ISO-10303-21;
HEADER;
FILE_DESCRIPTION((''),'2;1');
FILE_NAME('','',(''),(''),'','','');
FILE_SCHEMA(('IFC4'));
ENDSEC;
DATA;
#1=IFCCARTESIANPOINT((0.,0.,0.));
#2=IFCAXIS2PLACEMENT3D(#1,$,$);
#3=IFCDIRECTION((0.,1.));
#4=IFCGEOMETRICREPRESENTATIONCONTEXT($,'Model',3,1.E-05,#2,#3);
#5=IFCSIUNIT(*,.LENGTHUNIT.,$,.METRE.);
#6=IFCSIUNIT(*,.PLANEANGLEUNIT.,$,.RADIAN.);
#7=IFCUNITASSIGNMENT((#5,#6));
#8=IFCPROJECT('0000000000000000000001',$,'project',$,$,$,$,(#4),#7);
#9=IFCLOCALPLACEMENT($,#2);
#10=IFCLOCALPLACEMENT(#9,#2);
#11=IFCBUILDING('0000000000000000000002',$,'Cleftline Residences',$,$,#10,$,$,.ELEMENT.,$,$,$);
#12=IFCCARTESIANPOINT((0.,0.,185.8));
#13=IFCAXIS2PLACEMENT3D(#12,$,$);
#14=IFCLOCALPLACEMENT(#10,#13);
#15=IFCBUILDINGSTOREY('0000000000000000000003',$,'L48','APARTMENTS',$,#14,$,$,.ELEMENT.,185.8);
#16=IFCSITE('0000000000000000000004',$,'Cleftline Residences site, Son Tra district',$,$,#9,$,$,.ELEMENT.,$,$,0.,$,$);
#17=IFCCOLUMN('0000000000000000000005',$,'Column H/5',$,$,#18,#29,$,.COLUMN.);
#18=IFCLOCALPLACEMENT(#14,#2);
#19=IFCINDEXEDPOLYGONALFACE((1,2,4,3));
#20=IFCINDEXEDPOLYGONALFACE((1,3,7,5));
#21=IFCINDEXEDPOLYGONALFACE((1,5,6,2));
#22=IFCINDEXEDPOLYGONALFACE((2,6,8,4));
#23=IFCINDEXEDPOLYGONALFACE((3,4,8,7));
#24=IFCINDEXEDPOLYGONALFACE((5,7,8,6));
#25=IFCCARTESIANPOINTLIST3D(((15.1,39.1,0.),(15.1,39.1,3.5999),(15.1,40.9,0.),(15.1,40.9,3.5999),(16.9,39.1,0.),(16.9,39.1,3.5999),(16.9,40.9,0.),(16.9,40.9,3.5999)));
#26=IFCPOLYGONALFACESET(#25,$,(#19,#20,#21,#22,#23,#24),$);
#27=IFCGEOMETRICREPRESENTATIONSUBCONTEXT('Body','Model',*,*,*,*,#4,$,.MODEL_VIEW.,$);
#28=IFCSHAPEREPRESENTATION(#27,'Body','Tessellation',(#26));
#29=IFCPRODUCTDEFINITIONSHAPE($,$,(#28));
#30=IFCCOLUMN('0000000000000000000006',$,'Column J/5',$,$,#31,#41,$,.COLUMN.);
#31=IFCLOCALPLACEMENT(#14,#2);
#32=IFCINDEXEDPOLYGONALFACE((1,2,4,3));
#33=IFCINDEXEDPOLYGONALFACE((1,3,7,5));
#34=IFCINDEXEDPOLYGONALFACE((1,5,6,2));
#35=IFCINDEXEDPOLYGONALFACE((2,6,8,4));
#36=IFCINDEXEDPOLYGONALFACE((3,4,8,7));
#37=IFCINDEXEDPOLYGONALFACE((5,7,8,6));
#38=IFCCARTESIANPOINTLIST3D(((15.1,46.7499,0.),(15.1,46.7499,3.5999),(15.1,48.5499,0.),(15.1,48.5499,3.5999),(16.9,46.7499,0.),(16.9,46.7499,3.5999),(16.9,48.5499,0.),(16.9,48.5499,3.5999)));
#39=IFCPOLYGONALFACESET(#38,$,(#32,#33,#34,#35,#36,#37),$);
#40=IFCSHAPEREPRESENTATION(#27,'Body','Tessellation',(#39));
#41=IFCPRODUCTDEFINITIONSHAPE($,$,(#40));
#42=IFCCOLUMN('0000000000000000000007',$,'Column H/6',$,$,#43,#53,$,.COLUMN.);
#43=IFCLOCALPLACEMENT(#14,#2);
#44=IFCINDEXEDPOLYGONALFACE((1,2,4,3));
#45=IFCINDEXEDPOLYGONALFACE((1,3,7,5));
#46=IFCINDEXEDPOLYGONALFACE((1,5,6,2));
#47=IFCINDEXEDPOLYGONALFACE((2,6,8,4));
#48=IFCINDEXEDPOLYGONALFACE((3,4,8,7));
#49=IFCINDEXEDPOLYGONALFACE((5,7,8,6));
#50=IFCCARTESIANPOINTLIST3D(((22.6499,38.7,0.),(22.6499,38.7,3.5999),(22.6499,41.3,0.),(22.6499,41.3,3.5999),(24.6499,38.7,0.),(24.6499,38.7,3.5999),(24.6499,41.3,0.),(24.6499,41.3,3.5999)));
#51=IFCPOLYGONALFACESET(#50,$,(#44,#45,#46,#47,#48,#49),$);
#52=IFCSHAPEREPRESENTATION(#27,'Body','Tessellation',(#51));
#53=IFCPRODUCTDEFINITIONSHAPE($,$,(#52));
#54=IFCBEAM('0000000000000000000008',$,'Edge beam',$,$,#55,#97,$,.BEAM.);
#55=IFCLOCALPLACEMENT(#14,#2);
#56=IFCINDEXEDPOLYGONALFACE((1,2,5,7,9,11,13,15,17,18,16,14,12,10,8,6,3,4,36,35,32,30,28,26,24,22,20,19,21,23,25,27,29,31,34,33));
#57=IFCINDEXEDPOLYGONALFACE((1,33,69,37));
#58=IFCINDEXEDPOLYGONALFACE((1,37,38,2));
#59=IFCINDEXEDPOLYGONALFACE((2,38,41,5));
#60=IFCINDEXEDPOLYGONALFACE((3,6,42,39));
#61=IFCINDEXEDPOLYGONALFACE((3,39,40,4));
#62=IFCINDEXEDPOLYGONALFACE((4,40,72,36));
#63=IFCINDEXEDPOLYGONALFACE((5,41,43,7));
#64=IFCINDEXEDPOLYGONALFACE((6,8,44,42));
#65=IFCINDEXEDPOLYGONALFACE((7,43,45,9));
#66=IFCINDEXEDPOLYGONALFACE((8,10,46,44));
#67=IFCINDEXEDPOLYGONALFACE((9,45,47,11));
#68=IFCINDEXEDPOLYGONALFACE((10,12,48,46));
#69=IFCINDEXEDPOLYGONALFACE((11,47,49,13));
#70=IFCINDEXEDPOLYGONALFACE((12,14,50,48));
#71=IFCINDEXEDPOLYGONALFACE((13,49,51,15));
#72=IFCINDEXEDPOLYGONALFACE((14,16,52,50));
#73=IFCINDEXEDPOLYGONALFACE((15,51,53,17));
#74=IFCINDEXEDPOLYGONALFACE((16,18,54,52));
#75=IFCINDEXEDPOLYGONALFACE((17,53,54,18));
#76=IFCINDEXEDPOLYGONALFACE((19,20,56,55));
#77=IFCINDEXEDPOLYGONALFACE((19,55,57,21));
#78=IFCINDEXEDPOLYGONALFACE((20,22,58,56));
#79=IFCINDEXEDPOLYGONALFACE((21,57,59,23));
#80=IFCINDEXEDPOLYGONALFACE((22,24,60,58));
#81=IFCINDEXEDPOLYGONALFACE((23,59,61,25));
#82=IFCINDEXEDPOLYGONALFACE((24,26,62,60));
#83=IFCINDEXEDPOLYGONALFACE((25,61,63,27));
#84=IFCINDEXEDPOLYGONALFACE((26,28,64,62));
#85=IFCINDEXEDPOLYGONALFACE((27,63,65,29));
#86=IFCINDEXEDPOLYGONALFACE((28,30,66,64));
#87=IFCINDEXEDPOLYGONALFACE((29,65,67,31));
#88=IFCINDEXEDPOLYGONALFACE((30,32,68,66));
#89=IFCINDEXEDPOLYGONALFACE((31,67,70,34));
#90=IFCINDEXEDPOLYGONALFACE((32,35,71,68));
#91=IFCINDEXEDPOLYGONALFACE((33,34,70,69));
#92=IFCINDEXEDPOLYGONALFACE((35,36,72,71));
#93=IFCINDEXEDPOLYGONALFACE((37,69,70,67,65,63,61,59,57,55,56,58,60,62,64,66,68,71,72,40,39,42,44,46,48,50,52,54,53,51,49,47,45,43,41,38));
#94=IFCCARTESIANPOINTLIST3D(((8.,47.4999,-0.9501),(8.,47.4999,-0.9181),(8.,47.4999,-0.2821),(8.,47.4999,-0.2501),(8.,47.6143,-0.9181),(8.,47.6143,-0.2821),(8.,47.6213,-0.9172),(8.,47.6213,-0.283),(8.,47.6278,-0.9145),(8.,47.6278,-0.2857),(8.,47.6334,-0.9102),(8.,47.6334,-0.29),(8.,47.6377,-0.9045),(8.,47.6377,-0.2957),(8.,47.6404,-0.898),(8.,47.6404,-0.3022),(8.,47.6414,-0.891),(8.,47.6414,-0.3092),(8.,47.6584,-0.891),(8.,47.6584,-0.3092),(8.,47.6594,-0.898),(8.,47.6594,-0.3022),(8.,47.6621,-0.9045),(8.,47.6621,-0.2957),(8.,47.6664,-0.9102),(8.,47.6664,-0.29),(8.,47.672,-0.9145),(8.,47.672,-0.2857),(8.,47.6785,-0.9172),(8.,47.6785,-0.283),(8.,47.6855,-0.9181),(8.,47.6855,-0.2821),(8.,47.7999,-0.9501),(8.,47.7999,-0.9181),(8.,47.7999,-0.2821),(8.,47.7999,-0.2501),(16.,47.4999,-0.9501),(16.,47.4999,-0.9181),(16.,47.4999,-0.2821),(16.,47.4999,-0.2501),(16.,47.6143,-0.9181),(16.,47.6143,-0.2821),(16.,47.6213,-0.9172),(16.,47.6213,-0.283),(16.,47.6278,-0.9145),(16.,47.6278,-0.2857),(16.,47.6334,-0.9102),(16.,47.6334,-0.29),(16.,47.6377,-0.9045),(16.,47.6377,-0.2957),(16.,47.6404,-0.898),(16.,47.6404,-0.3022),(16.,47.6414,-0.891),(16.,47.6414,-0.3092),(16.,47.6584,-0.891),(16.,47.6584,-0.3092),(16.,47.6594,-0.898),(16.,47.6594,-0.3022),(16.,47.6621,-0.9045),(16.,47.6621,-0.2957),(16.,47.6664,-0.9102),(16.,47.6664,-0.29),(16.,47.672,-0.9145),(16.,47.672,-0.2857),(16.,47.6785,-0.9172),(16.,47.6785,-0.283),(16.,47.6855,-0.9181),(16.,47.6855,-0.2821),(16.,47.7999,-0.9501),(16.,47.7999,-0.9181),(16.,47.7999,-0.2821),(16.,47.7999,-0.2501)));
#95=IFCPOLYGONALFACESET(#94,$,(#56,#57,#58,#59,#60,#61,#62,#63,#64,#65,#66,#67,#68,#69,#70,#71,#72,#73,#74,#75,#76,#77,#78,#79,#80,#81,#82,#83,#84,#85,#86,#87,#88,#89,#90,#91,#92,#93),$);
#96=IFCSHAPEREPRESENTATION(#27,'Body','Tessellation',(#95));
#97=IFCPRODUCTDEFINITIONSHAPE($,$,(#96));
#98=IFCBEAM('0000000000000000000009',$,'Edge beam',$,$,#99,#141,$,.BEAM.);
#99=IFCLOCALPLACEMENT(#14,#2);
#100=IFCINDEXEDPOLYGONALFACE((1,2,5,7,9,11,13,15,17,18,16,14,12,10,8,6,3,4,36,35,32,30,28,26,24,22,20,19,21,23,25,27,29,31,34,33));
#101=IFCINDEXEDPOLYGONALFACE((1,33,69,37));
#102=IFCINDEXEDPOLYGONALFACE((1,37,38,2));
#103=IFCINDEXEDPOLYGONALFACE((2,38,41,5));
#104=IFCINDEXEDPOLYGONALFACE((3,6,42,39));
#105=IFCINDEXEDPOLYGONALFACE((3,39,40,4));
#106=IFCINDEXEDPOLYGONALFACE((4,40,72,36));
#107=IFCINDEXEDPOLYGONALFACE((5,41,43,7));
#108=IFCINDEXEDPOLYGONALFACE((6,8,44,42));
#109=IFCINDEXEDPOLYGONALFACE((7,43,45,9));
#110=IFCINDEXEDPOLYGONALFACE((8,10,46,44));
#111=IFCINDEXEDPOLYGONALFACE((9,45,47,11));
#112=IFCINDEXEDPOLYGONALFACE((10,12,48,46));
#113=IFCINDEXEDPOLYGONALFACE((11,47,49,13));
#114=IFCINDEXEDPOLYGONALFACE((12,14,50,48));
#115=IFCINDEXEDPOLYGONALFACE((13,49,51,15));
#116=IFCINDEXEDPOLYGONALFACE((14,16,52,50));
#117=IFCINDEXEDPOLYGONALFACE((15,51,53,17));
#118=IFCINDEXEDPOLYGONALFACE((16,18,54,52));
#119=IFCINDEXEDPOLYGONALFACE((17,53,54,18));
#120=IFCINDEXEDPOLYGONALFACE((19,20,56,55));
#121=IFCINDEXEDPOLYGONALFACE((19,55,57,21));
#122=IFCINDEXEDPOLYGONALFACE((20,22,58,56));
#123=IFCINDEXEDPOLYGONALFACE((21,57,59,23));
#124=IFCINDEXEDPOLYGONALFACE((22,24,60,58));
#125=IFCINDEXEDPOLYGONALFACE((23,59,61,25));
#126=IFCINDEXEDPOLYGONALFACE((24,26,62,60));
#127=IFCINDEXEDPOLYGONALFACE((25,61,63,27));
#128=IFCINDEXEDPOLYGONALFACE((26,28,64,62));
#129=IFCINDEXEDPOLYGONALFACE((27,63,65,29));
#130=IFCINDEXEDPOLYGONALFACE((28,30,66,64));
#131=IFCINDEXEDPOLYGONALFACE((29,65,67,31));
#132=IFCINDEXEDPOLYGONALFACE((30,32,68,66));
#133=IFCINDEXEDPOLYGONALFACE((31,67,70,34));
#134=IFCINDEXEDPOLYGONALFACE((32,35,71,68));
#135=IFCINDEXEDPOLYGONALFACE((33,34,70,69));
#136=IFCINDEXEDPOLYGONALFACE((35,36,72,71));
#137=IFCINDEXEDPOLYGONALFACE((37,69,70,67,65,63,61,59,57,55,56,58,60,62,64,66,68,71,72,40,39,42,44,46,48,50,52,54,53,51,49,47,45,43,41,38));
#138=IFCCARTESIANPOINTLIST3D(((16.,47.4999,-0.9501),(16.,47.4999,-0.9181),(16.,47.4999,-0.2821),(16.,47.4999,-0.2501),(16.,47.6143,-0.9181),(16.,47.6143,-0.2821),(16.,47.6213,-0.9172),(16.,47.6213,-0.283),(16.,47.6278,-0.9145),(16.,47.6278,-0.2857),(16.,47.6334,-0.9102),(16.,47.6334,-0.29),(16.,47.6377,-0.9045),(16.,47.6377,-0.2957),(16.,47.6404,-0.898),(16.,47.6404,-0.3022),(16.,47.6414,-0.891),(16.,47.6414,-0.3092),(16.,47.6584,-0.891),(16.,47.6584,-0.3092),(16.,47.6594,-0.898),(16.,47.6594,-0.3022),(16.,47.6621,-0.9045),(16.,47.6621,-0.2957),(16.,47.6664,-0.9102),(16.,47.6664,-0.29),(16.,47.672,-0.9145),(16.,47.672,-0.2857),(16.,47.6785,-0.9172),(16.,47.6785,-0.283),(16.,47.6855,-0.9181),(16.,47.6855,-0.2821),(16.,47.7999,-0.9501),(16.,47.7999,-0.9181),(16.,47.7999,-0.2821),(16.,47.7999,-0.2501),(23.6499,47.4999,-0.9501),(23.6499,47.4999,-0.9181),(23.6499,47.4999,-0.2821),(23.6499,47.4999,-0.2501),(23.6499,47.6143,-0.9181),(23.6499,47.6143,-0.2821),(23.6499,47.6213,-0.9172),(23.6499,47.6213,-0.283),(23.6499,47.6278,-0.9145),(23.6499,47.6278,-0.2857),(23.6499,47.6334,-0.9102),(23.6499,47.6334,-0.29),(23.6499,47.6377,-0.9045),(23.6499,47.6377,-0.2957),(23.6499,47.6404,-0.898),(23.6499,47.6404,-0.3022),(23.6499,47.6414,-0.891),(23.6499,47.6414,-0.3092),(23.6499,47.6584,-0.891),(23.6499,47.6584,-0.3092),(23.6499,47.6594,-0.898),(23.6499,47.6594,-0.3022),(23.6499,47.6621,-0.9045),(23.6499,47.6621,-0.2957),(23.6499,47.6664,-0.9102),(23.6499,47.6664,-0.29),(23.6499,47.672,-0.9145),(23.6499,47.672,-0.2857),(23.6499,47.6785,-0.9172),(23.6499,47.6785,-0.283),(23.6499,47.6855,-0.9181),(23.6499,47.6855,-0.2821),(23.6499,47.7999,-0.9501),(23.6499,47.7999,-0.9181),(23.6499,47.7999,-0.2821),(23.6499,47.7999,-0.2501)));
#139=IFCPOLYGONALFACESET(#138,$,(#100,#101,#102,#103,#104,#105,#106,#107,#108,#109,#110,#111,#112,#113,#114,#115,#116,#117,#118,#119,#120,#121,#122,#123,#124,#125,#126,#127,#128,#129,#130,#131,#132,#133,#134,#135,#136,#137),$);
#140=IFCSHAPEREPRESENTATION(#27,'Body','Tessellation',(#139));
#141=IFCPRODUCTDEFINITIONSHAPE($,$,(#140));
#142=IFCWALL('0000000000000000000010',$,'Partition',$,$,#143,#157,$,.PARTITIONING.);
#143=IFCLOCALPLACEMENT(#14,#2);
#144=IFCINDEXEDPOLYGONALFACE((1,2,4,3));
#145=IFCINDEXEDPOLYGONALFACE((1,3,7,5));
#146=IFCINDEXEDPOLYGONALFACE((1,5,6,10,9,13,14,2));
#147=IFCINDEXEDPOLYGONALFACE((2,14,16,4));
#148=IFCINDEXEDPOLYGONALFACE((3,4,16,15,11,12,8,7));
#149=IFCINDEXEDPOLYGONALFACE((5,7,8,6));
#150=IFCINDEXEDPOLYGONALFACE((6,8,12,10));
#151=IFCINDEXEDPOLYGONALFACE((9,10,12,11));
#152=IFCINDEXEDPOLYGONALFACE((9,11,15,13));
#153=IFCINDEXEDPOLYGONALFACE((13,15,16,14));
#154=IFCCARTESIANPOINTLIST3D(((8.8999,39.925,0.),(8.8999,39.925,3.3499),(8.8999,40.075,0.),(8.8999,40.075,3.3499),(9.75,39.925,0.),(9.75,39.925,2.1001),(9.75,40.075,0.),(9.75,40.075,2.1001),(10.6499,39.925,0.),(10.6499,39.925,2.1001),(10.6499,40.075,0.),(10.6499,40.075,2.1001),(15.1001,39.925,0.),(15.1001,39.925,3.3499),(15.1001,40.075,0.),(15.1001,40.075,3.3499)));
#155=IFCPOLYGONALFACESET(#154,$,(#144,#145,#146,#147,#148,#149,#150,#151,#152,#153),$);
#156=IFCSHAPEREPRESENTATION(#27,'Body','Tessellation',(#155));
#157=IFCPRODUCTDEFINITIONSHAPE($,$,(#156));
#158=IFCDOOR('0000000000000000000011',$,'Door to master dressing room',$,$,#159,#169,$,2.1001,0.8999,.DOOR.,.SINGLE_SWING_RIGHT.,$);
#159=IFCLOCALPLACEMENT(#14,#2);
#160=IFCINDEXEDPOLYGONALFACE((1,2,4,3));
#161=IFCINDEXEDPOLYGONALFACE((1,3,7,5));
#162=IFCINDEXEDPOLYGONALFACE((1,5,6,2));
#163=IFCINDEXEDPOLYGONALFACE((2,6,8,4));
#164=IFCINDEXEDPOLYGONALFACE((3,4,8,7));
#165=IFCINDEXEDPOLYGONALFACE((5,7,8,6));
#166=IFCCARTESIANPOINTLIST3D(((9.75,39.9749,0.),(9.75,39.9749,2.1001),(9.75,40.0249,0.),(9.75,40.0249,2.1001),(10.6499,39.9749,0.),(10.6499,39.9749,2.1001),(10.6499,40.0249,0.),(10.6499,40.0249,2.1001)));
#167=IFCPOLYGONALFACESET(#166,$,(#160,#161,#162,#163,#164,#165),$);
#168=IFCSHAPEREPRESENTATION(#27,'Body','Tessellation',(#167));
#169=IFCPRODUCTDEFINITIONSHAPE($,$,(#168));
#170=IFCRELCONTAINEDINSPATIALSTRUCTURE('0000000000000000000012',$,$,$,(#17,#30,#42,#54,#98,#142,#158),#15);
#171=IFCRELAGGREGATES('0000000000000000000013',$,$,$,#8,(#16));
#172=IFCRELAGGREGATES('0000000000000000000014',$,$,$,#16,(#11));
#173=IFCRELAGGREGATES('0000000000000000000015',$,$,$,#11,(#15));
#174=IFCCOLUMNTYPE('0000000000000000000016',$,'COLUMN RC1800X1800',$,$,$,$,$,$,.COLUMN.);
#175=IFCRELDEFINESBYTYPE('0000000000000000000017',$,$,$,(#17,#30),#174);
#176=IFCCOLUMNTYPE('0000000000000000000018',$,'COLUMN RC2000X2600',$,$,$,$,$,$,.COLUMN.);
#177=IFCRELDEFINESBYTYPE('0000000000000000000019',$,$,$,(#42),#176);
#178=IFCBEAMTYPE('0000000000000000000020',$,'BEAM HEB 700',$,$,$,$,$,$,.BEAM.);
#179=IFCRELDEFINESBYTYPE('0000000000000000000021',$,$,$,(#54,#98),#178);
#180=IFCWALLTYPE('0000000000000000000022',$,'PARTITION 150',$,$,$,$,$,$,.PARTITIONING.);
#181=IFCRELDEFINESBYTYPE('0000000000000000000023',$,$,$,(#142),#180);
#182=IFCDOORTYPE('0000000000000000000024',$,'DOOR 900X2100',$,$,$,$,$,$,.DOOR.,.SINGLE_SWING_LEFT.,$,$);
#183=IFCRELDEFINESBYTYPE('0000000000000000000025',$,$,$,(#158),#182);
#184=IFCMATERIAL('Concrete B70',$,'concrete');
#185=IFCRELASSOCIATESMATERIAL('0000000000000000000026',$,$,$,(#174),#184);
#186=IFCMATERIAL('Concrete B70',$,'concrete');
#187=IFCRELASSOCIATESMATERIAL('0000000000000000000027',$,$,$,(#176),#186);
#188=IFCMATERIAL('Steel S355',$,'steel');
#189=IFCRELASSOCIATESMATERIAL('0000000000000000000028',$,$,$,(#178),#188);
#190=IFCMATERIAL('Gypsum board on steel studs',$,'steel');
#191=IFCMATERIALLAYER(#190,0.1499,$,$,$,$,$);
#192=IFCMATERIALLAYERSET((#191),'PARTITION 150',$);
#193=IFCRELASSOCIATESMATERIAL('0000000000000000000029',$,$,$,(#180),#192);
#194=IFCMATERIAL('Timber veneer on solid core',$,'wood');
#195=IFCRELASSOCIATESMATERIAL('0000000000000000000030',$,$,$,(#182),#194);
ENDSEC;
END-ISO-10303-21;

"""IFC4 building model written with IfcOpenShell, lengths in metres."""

from ifc_helpers import new_model, si_unit, direction, frame, frame_2d, origin, origin_2d, place, context, subcontext, project, spatial, rectangle, i_section, extrude, material, layer, layer_set, material_profile, profile_set, type_object, element, fill, save


model = new_model("IFC4")

# Units and contexts
model_context = context("Model", 3, precision=1e-05, world=origin(), true_north=direction((0.0, 1.0)))
body_context = subcontext(model_context, "Body", "Model", "MODEL_VIEW")
ifc_project = project(units=[si_unit("LENGTHUNIT", "METRE"), si_unit("PLANEANGLEUNIT", "RADIAN")], contexts=[model_context])

# Site, building, storey
site_placement = place(None, origin())
site = spatial("IfcSite", under=ifc_project, at=site_placement, Name="Cleftline Residences site, Son Tra district", CompositionType="ELEMENT", RefElevation=0.0)
building_placement = place(site_placement, origin())
building = spatial("IfcBuilding", under=site, at=building_placement, Name="Cleftline Residences", CompositionType="ELEMENT")
storey_placement = place(building_placement, frame((0.0, 0.0, 185.8)))
storey = spatial("IfcBuildingStorey", under=building, at=storey_placement, Name="L48", Description="APARTMENTS", CompositionType="ELEMENT", Elevation=185.8)

# Columns
ifc_material_1 = material(Name="Concrete B70", Category="concrete")
ifc_material_profile_1 = material_profile(ifc_material_1, rectangle(XDim=1.8, YDim=1.8, at=origin_2d()))
ifc_profile_set_1 = profile_set([ifc_material_profile_1], Name="Concrete B70")
column_type_1 = type_object("IfcColumnType", Name="COLUMN RC1800X1800", PredefinedType="COLUMN", material=ifc_profile_set_1)
for number, where, z_axis, x_axis, name in (
    (1, (16.0, 40.0, 0.0), (0.0, 0.0, 1.0), (1.0, 0.0, 0.0), "Column H/5"),
    (2, (16.0, 47.6499, 0.0), (0.0, 0.0, 1.0), (1.0, 0.0, 0.0), "Column J/5"),
):
    element("IfcColumn", number, at=place(storey_placement, frame(where, z_axis=z_axis, x_axis=x_axis)), inside=storey, type_object=column_type_1, Name=name, PredefinedType="COLUMN", context=body_context, shape_type="SweptSolid", body=[
        extrude(rectangle(XDim=1.8, YDim=1.8, at=origin_2d()), origin(), (0.0, 0.0, 1.0), 3.5999),
    ])
ifc_material_2 = material(Name="Concrete B70", Category="concrete")
ifc_material_profile_2 = material_profile(ifc_material_2, rectangle(XDim=2.0, YDim=2.6001, at=origin_2d()))
ifc_profile_set_2 = profile_set([ifc_material_profile_2], Name="Concrete B70")
column_type_2 = type_object("IfcColumnType", Name="COLUMN RC2000X2600", PredefinedType="COLUMN", material=ifc_profile_set_2)
column_placement = place(storey_placement, frame((23.6499, 40.0, 0.0), z_axis=(0.0, 0.0, 1.0), x_axis=(1.0, 0.0, 0.0)))
element("IfcColumn", 3, at=column_placement, inside=storey, type_object=column_type_2, Name="Column H/6", PredefinedType="COLUMN", context=body_context, shape_type="SweptSolid", body=[
    extrude(rectangle(XDim=2.0, YDim=2.6001, at=origin_2d()), origin(), (0.0, 0.0, 1.0), 3.5999),
])

# Beams
ifc_material_3 = material(Name="Steel S355", Category="steel")
ifc_material_profile_3 = material_profile(ifc_material_3, i_section(OverallWidth=0.3, OverallDepth=0.7, WebThickness=0.0171, FlangeThickness=0.032, FilletRadius=0.0271, at=origin_2d()))
ifc_profile_set_3 = profile_set([ifc_material_profile_3], Name="Steel S355")
beam_type = type_object("IfcBeamType", Name="BEAM HEB 700", PredefinedType="BEAM", material=ifc_profile_set_3)
beam_1_placement = place(storey_placement, frame((8.0, 47.6499, -0.6001), z_axis=(1.0, 0.0, 0.0), x_axis=(0.0, 1.0, 0.0)))
element("IfcBeam", 4, at=beam_1_placement, inside=storey, type_object=beam_type, Name="Edge beam", PredefinedType="BEAM", context=body_context, shape_type="SweptSolid", body=[
    extrude(i_section(OverallWidth=0.3, OverallDepth=0.7, WebThickness=0.0171, FlangeThickness=0.032, FilletRadius=0.0271, at=origin_2d()), origin(), (0.0, 0.0, 1.0), 8.0),
])
beam_2_placement = place(storey_placement, frame((16.0, 47.6499, -0.6001), z_axis=(1.0, 0.0, 0.0), x_axis=(0.0, 1.0, 0.0)))
element("IfcBeam", 5, at=beam_2_placement, inside=storey, type_object=beam_type, Name="Edge beam", PredefinedType="BEAM", context=body_context, shape_type="SweptSolid", body=[
    extrude(i_section(OverallWidth=0.3, OverallDepth=0.7, WebThickness=0.0171, FlangeThickness=0.032, FilletRadius=0.0271, at=origin_2d()), origin(), (0.0, 0.0, 1.0), 7.6499),
])

# Wall, opening, door
ifc_material_4 = material(Name="Gypsum board on steel studs", Category="steel")
ifc_layer = layer(ifc_material_4, 0.1499)
ifc_layer_set = layer_set([ifc_layer], Name="PARTITION 150")
wall_type = type_object("IfcWallType", Name="PARTITION 150", PredefinedType="PARTITIONING", material=ifc_layer_set)
wall_1_placement = place(storey_placement, frame((8.8999, 40.0, 0.0), z_axis=(0.0, 0.0, 1.0), x_axis=(1.0, 0.0, 0.0)))
wall_1 = element("IfcWall", 6, at=wall_1_placement, inside=storey, type_object=wall_type, Name="Partition", PredefinedType="PARTITIONING", context=body_context, shape_type="SweptSolid", body=[
    extrude(rectangle(XDim=6.2002, YDim=0.1499, at=frame_2d((3.1001, 0.0))), origin(), (0.0, 0.0, 1.0), 3.3499),
])
opening_1_placement = place(wall_1_placement, frame((0.8501, 0.0, 0.0)))
opening_1 = element("IfcOpeningElement", 7, at=opening_1_placement, cuts=wall_1, PredefinedType="OPENING", context=body_context, shape_type="SweptSolid", body=[
    extrude(rectangle(XDim=0.8999, YDim=2.1001, at=frame_2d((0.45, 1.05))), frame((0.0, 0.085, 0.0), z_axis=(0.0, -1.0, 0.0), x_axis=(1.0, 0.0, 0.0)), (0.0, 0.0, 1.0), 0.1699),
])
ifc_material_5 = material(Name="Timber veneer on solid core", Category="wood")
door_type_1 = type_object("IfcDoorType", Name="DOOR 900X2100", OperationType="SINGLE_SWING_LEFT", PredefinedType="DOOR", material=ifc_material_5)
door_1_placement = place(opening_1_placement, origin())
door_1 = element("IfcDoor", 8, at=door_1_placement, inside=storey, type_object=door_type_1, Name="Door to master dressing room", OperationType="SINGLE_SWING_RIGHT", OverallHeight=2.1001, OverallWidth=0.8999, PredefinedType="DOOR", context=body_context, shape_type="SweptSolid", body=[
    extrude(rectangle(XDim=0.8999, YDim=2.1001, at=frame_2d((0.45, 1.05))), frame((0.0, 0.0249, 0.0), z_axis=(0.0, -1.0, 0.0), x_axis=(1.0, 0.0, 0.0)), (0.0, 0.0, 1.0), 0.05),
])
fill(opening_1, door_1)

save(model, "model.ifc")
